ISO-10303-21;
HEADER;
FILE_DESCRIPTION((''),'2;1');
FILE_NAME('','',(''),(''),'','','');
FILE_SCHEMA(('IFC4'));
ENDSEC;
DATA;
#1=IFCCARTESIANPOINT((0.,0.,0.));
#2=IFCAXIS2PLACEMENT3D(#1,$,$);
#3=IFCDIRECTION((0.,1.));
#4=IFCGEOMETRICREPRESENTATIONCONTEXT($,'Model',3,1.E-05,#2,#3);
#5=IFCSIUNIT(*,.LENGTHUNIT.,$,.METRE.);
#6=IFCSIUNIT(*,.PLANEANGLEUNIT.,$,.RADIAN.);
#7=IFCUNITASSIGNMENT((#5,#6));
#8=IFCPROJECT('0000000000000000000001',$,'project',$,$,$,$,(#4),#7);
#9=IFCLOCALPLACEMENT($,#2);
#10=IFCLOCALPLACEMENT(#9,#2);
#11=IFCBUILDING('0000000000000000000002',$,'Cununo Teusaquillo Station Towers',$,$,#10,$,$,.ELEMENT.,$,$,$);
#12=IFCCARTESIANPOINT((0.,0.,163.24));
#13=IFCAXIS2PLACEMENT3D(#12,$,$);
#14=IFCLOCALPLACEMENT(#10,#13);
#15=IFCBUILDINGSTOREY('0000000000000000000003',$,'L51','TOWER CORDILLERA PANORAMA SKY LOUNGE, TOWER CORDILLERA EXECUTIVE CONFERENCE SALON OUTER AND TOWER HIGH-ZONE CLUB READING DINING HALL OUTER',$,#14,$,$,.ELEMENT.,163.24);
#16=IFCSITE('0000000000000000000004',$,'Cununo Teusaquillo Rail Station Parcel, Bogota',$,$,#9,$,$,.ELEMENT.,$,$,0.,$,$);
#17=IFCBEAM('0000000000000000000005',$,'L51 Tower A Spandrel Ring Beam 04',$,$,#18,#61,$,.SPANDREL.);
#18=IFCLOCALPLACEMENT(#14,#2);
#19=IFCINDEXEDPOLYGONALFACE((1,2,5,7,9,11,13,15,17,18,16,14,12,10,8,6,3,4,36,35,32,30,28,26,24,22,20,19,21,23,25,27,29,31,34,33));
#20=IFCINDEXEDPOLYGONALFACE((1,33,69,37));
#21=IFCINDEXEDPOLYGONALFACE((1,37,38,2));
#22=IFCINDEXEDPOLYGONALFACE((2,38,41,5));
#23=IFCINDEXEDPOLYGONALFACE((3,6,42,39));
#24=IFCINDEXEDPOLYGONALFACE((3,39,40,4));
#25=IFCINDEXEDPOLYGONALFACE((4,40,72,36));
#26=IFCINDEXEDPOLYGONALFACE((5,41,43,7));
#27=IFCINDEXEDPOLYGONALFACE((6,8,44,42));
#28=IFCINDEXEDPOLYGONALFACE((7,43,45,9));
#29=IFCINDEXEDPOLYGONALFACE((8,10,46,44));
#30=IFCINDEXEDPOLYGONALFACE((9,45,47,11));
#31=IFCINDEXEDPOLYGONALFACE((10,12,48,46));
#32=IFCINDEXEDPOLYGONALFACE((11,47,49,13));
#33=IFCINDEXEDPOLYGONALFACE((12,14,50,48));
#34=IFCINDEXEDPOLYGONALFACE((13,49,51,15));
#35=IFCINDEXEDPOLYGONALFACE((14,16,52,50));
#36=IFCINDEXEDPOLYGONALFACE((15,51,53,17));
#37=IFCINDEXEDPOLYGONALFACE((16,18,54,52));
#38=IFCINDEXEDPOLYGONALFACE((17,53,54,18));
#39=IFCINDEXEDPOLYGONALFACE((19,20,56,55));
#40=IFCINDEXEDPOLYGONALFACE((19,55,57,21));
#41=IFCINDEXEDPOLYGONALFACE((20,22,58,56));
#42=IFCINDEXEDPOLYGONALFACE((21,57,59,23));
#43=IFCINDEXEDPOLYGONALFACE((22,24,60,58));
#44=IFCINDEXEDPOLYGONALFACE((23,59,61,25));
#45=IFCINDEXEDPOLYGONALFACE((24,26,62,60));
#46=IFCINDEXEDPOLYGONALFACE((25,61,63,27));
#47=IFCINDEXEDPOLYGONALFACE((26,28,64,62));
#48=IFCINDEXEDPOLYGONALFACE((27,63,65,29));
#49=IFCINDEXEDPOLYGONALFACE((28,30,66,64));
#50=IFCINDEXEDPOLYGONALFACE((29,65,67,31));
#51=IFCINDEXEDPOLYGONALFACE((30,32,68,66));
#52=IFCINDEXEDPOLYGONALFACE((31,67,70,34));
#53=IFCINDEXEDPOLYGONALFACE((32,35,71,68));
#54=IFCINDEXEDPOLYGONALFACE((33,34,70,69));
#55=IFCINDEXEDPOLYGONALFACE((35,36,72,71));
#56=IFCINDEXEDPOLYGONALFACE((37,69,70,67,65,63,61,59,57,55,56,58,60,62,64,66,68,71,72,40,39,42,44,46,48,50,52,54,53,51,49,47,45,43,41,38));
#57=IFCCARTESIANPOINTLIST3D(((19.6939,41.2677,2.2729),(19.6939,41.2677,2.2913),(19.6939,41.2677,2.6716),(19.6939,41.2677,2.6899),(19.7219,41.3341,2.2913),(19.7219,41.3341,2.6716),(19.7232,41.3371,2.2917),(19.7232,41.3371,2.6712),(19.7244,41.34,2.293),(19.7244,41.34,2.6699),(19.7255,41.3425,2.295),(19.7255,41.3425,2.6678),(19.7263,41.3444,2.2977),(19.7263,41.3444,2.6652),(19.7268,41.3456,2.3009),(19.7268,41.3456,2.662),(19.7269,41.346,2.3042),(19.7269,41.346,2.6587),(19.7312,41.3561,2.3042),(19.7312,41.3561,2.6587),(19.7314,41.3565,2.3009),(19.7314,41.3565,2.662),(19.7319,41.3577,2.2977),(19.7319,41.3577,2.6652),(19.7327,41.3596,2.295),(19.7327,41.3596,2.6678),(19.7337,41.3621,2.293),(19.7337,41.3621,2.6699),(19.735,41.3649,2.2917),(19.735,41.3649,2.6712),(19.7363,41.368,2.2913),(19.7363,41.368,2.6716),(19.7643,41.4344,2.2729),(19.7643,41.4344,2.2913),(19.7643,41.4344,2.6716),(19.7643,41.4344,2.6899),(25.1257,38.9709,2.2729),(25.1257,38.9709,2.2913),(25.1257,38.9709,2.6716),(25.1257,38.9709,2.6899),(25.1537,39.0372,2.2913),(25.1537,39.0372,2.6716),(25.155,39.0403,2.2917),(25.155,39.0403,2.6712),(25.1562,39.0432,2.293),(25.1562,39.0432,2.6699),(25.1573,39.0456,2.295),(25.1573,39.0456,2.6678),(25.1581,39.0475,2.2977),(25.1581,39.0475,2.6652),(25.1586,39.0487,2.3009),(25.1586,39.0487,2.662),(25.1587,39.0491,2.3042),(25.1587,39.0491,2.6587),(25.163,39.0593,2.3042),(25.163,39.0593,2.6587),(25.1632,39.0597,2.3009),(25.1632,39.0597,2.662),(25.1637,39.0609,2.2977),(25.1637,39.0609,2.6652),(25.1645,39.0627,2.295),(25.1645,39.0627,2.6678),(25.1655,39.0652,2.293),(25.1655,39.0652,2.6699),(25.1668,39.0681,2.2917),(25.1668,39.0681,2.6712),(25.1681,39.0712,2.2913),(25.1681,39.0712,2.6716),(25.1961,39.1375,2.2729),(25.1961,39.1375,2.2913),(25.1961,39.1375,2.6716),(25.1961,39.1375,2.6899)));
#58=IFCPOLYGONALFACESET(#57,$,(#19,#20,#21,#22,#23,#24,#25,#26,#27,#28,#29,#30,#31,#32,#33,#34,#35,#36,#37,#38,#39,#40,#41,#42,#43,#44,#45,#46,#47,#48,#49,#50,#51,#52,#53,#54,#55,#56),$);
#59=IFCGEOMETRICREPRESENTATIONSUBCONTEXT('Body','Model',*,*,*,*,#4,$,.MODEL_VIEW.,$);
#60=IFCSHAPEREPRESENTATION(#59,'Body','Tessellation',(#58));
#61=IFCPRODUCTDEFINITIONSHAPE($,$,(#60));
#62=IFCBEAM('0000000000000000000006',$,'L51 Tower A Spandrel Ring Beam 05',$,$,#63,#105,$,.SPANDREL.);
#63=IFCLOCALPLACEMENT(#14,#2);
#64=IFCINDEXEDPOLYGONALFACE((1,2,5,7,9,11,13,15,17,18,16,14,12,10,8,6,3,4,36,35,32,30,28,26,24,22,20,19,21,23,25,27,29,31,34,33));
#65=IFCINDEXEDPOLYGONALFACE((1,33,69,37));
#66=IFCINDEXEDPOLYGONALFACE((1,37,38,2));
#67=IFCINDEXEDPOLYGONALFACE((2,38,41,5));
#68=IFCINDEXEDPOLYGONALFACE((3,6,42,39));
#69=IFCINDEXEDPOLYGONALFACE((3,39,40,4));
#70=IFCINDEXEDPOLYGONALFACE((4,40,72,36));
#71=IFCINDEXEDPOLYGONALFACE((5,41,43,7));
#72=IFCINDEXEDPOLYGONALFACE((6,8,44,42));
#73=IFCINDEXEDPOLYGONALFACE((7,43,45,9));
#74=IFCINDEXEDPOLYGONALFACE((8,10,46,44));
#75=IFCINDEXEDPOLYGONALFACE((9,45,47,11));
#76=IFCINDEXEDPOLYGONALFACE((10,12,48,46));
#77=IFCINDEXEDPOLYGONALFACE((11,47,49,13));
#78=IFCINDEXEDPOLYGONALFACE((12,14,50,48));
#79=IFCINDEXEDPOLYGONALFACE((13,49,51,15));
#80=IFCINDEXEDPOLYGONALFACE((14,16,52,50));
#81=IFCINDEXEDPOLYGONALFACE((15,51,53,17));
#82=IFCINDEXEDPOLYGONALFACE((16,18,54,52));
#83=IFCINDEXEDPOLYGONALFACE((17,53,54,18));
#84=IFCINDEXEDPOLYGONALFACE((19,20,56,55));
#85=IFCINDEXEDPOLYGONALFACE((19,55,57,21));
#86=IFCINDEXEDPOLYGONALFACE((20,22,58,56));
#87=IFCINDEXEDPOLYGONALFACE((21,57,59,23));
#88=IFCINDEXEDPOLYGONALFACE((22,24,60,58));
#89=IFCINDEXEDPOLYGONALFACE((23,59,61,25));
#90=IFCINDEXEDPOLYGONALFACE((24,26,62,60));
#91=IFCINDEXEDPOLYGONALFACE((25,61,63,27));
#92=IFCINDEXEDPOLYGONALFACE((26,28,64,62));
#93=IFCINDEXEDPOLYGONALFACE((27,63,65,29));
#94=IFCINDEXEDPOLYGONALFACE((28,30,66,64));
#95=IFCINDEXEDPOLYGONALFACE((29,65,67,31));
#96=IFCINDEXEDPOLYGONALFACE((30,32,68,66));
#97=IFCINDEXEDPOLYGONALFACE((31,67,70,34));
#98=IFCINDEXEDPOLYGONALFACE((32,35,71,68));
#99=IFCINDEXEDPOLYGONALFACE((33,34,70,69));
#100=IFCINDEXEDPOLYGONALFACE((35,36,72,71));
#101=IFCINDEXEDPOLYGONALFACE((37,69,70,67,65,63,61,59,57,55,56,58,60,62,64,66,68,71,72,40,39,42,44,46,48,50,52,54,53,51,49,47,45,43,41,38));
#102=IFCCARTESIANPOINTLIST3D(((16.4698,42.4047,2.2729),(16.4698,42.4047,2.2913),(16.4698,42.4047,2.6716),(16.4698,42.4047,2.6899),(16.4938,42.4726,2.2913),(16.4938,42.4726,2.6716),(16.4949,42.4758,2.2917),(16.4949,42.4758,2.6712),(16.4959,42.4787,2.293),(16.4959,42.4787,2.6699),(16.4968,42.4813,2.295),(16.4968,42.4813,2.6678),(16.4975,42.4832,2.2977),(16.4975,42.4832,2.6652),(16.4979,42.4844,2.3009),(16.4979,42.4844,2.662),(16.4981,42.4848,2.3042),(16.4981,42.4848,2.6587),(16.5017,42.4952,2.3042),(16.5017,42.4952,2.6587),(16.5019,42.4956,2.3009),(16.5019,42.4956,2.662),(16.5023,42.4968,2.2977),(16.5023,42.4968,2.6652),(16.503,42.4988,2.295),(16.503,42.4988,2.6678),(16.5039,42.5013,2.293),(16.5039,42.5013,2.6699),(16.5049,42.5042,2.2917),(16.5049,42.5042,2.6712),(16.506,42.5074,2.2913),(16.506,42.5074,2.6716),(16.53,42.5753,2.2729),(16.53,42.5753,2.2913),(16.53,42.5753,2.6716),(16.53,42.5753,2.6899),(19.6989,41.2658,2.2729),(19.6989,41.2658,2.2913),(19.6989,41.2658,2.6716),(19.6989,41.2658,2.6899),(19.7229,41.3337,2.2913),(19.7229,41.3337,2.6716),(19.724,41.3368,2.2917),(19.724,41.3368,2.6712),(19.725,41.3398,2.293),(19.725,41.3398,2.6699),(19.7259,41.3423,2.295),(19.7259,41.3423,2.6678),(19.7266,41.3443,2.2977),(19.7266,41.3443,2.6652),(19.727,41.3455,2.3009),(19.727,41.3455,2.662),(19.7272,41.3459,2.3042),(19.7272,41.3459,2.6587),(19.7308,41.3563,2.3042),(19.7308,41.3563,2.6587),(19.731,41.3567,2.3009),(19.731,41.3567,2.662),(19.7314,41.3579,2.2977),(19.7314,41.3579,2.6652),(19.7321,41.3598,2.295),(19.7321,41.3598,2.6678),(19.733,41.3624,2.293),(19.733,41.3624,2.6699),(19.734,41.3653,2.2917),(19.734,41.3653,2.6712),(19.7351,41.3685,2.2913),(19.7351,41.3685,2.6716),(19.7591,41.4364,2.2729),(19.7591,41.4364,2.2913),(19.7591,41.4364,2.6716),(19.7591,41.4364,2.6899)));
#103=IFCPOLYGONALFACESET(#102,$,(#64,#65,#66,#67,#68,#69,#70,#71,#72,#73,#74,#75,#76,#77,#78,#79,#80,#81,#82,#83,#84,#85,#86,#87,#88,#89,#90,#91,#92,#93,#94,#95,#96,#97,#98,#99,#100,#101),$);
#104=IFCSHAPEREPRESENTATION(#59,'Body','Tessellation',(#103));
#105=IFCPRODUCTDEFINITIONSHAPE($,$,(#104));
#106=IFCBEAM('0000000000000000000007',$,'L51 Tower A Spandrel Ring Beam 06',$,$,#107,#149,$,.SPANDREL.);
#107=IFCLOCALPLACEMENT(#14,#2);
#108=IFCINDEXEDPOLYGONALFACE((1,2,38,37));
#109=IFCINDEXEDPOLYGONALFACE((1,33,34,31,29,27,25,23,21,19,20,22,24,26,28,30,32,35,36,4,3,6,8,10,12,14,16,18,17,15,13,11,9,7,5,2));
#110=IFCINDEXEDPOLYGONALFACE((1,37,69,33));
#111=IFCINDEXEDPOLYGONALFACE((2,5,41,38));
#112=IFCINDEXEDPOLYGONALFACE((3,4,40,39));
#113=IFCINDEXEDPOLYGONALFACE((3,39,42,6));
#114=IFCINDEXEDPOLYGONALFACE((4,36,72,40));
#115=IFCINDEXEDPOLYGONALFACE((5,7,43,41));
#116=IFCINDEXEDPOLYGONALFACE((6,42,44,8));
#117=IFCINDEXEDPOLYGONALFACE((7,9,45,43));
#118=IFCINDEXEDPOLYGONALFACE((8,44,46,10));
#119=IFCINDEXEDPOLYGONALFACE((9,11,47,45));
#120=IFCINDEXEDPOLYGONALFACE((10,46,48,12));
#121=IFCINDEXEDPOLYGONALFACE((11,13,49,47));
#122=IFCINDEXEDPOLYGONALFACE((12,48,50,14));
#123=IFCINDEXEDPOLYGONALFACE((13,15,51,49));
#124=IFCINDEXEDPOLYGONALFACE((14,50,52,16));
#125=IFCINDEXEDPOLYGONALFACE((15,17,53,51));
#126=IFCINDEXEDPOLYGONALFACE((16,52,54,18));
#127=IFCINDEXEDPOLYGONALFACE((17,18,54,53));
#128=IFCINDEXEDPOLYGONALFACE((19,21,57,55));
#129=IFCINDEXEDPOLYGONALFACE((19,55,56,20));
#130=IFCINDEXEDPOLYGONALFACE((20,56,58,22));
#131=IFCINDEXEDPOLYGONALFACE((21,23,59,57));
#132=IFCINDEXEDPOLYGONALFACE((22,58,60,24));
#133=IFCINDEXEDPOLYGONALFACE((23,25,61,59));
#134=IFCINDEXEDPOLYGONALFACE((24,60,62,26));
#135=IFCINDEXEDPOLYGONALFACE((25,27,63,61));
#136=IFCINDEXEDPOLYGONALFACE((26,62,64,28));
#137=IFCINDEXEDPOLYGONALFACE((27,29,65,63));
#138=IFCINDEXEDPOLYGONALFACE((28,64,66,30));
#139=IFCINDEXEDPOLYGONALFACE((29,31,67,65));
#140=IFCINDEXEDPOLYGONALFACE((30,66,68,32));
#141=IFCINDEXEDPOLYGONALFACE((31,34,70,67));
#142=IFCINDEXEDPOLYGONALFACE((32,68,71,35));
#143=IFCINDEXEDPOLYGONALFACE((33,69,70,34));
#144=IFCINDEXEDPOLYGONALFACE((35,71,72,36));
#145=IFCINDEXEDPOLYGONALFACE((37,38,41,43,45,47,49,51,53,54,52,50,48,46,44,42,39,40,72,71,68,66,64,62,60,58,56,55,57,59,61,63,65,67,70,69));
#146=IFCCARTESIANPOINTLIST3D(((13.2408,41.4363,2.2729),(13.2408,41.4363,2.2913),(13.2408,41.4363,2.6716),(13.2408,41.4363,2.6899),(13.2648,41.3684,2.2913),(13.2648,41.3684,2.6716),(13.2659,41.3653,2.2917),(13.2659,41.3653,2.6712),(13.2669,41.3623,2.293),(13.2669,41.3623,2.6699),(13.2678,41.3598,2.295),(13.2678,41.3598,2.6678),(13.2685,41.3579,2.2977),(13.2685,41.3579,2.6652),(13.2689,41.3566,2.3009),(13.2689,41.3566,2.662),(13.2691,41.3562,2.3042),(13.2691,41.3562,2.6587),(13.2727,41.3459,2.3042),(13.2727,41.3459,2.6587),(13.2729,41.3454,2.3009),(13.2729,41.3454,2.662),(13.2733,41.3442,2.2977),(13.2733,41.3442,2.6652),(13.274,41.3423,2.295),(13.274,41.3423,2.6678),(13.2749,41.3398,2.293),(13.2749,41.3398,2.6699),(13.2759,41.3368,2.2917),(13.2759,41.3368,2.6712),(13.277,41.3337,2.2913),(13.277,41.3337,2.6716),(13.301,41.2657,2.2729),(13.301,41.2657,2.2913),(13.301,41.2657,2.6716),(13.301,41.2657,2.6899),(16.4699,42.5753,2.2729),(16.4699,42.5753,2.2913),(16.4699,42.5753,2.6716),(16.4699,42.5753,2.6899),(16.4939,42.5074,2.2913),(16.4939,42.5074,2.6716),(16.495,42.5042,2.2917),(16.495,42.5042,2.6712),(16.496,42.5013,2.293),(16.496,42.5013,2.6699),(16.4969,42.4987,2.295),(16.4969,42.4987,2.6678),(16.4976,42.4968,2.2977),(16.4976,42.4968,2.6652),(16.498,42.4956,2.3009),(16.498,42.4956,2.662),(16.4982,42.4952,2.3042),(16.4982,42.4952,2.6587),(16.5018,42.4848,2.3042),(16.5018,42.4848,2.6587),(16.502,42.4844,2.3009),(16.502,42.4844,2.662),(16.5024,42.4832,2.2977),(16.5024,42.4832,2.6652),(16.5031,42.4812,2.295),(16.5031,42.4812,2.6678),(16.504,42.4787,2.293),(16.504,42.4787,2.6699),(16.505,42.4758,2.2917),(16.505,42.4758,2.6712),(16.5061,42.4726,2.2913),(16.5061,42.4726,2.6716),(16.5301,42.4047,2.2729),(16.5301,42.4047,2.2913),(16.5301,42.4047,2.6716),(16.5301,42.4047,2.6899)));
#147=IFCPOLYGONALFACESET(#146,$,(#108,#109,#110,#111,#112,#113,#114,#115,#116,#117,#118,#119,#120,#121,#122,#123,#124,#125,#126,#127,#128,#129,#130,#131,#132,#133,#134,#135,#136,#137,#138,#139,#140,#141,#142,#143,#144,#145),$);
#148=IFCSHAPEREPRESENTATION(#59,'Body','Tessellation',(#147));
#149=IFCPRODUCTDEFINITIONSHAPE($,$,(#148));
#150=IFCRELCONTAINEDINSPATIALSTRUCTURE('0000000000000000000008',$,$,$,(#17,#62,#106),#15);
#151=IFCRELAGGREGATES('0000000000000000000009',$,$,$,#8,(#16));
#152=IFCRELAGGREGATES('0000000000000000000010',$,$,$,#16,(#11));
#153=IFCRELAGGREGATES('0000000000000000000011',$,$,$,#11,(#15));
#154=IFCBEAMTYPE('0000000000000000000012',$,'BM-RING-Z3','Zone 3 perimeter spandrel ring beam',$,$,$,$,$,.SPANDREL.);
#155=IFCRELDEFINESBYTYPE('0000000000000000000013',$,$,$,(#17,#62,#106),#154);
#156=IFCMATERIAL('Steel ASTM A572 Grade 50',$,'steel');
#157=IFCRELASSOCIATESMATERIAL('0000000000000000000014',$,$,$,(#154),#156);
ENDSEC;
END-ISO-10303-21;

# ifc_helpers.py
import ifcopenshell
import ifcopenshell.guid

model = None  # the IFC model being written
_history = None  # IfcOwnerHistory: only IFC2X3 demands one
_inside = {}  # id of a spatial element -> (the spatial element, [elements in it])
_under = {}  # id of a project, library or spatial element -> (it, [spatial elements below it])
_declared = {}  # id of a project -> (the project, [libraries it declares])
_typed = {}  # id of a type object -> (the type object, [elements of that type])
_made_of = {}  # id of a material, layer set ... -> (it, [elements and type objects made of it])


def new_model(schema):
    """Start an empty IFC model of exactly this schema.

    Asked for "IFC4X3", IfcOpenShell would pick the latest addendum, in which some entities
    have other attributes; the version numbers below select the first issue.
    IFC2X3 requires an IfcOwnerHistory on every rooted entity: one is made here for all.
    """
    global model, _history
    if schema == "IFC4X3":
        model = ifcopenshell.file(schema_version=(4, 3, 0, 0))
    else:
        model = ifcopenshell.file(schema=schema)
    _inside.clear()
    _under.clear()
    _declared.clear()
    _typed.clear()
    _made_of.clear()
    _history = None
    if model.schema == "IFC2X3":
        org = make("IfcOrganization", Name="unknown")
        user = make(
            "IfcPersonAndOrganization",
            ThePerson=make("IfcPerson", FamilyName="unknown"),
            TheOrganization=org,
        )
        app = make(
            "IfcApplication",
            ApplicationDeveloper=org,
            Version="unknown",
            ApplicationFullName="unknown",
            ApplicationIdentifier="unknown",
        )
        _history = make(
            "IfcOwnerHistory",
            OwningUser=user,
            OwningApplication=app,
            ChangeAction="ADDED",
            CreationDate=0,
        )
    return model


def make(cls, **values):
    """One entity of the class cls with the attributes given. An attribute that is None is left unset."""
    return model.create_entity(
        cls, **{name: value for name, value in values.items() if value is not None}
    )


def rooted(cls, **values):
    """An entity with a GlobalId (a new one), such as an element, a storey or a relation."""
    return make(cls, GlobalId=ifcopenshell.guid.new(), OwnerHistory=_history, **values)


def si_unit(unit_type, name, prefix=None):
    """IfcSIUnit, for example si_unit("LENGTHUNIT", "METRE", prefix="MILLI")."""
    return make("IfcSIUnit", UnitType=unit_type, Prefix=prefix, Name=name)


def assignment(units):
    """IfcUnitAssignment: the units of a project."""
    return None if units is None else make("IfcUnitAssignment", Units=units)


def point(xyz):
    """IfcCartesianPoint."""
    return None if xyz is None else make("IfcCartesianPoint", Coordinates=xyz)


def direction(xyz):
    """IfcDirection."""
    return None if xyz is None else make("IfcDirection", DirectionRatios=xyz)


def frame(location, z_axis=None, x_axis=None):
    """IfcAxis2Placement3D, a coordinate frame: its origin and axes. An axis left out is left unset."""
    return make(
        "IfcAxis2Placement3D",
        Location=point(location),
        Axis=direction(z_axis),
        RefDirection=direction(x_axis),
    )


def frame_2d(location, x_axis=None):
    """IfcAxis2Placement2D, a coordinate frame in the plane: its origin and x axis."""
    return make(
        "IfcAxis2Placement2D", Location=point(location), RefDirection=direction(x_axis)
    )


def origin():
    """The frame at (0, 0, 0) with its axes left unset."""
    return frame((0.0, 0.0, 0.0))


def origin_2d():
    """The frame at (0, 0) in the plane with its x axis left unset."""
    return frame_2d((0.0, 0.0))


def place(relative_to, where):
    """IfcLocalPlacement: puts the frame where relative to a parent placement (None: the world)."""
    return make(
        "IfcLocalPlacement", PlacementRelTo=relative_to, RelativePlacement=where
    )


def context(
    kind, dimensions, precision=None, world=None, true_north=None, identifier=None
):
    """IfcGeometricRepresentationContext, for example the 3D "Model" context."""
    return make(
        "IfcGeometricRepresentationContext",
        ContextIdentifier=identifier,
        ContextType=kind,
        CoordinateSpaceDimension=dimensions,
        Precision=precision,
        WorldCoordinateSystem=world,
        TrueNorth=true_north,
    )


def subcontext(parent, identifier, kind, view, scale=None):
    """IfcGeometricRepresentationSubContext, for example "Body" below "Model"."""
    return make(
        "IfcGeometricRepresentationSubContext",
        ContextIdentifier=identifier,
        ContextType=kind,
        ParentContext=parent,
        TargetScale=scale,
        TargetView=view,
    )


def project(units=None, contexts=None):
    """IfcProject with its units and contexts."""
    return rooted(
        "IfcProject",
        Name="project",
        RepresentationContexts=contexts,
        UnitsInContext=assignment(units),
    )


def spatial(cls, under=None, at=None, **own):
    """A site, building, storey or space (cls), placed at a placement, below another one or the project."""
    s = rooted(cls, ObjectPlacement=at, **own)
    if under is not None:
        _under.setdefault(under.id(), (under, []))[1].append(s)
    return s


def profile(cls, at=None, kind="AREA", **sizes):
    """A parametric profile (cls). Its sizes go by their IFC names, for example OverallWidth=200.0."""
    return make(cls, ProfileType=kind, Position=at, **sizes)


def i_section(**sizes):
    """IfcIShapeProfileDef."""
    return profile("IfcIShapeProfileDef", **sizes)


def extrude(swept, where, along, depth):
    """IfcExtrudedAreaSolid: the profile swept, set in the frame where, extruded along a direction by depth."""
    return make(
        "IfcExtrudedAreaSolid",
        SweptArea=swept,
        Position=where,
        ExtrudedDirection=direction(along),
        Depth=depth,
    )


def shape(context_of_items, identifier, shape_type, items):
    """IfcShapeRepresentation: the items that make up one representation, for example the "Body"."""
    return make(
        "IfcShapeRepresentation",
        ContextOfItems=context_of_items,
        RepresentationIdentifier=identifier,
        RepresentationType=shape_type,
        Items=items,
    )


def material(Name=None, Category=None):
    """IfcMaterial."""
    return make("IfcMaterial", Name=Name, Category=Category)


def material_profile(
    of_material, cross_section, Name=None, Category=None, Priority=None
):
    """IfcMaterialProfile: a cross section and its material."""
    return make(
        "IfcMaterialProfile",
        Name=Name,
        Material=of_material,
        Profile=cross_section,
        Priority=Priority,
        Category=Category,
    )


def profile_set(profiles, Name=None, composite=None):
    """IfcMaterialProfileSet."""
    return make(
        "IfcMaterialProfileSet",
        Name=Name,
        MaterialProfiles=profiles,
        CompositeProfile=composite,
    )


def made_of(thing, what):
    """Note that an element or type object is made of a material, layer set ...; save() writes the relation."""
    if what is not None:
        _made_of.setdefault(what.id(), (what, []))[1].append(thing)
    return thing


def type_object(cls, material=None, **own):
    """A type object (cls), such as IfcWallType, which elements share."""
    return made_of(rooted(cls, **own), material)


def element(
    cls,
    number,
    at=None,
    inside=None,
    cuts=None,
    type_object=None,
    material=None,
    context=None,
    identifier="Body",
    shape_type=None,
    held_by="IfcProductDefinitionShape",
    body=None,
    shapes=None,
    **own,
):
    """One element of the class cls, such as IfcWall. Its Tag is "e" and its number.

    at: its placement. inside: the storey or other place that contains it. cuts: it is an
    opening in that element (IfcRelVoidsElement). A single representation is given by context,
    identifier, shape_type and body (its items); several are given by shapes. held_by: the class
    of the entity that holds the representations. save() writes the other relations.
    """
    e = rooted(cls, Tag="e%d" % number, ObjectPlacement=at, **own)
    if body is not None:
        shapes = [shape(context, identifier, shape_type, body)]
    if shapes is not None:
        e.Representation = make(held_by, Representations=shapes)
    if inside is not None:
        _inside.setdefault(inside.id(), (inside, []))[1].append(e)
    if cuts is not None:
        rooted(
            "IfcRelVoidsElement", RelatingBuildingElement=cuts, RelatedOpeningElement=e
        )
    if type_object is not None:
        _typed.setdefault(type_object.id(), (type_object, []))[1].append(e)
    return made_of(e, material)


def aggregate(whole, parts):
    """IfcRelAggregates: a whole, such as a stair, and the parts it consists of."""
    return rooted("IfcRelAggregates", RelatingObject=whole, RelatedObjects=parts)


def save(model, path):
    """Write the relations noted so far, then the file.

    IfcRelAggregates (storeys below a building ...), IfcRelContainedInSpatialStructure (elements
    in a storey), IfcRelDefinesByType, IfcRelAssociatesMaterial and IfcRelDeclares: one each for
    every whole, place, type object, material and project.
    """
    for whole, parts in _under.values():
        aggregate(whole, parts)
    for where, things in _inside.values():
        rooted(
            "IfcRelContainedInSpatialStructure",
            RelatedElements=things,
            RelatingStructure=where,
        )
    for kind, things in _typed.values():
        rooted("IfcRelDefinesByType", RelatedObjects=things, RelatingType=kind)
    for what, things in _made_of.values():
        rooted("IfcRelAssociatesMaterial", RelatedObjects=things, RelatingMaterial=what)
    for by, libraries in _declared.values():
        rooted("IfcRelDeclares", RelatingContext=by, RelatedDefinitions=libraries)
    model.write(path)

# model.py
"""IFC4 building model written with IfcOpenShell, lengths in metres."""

from ifc_helpers import new_model, si_unit, direction, frame, origin, origin_2d, place, context, subcontext, project, spatial, i_section, extrude, material, material_profile, profile_set, type_object, element, save


model = new_model("IFC4")

# Units and contexts
model_context = context("Model", 3, precision=1e-05, world=origin(), true_north=direction((0.0, 1.0)))
body_context = subcontext(model_context, "Body", "Model", "MODEL_VIEW")
ifc_project = project(units=[si_unit("LENGTHUNIT", "METRE"), si_unit("PLANEANGLEUNIT", "RADIAN")], contexts=[model_context])

# Site, building, storey
site_placement = place(None, origin())
site = spatial("IfcSite", under=ifc_project, at=site_placement, Name="Cununo Teusaquillo Rail Station Parcel, Bogota", CompositionType="ELEMENT", RefElevation=0.0)
building_placement = place(site_placement, origin())
building = spatial("IfcBuilding", under=site, at=building_placement, Name="Cununo Teusaquillo Station Towers", CompositionType="ELEMENT")
storey_placement = place(building_placement, frame((0.0, 0.0, 163.24)))
storey = spatial("IfcBuildingStorey", under=building, at=storey_placement, Name="L51", Description="TOWER CORDILLERA PANORAMA SKY LOUNGE, TOWER CORDILLERA EXECUTIVE CONFERENCE SALON OUTER AND TOWER HIGH-ZONE CLUB READING DINING HALL OUTER", CompositionType="ELEMENT", Elevation=163.24)

# Beams
ifc_material_1 = material(Name="Steel ASTM A572 Grade 50", Category="steel")
ifc_material_profile_1 = material_profile(ifc_material_1, i_section(OverallWidth=0.1809, OverallDepth=0.417, WebThickness=0.011, FlangeThickness=0.0183, FilletRadius=0.0129, at=origin_2d()), Name="W16X57")
ifc_profile_set_1 = profile_set([ifc_material_profile_1], Name="Steel ASTM A572 Grade 50")
beam_type_1 = type_object("IfcBeamType", Name="BM-RING-Z3", Description="Zone 3 perimeter spandrel ring beam", PredefinedType="SPANDREL", material=ifc_profile_set_1)
beam_1_placement = place(storey_placement, frame((25.1609, 39.0542, 2.4814), z_axis=(-0.921042, 0.389463, 0.0), x_axis=(-0.389463, -0.921042, 0.0)))
element("IfcBeam", 1, at=beam_1_placement, inside=storey, type_object=beam_type_1, Name="L51 Tower A Spandrel Ring Beam 04", PredefinedType="SPANDREL", context=body_context, shape_type="SweptSolid", body=[
    extrude(i_section(OverallWidth=0.1809, OverallDepth=0.417, WebThickness=0.011, FlangeThickness=0.0183, FilletRadius=0.0129, at=origin_2d()), origin(), (0.0, 0.0, 1.0), 5.8975),
])
for number, where, z_axis, x_axis, name in (
    (2, (19.729, 41.3511, 2.4814), (-0.943057, 0.33263, 0.0), (-0.33263, -0.943057, 0.0), "L51 Tower A Spandrel Ring Beam 05"),
    (3, (16.5, 42.49, 2.4814), (-0.943057, -0.33263, 0.0), (0.33263, -0.943057, 0.0), "L51 Tower A Spandrel Ring Beam 06"),
):
    element("IfcBeam", number, at=place(storey_placement, frame(where, z_axis=z_axis, x_axis=x_axis)), inside=storey, type_object=beam_type_1, Name=name, PredefinedType="SPANDREL", context=body_context, shape_type="SweptSolid", body=[
        extrude(i_section(OverallWidth=0.1809, OverallDepth=0.417, WebThickness=0.011, FlangeThickness=0.0183, FilletRadius=0.0129, at=origin_2d()), origin(), (0.0, 0.0, 1.0), 3.4241),
    ])

save(model, "model.ifc")
